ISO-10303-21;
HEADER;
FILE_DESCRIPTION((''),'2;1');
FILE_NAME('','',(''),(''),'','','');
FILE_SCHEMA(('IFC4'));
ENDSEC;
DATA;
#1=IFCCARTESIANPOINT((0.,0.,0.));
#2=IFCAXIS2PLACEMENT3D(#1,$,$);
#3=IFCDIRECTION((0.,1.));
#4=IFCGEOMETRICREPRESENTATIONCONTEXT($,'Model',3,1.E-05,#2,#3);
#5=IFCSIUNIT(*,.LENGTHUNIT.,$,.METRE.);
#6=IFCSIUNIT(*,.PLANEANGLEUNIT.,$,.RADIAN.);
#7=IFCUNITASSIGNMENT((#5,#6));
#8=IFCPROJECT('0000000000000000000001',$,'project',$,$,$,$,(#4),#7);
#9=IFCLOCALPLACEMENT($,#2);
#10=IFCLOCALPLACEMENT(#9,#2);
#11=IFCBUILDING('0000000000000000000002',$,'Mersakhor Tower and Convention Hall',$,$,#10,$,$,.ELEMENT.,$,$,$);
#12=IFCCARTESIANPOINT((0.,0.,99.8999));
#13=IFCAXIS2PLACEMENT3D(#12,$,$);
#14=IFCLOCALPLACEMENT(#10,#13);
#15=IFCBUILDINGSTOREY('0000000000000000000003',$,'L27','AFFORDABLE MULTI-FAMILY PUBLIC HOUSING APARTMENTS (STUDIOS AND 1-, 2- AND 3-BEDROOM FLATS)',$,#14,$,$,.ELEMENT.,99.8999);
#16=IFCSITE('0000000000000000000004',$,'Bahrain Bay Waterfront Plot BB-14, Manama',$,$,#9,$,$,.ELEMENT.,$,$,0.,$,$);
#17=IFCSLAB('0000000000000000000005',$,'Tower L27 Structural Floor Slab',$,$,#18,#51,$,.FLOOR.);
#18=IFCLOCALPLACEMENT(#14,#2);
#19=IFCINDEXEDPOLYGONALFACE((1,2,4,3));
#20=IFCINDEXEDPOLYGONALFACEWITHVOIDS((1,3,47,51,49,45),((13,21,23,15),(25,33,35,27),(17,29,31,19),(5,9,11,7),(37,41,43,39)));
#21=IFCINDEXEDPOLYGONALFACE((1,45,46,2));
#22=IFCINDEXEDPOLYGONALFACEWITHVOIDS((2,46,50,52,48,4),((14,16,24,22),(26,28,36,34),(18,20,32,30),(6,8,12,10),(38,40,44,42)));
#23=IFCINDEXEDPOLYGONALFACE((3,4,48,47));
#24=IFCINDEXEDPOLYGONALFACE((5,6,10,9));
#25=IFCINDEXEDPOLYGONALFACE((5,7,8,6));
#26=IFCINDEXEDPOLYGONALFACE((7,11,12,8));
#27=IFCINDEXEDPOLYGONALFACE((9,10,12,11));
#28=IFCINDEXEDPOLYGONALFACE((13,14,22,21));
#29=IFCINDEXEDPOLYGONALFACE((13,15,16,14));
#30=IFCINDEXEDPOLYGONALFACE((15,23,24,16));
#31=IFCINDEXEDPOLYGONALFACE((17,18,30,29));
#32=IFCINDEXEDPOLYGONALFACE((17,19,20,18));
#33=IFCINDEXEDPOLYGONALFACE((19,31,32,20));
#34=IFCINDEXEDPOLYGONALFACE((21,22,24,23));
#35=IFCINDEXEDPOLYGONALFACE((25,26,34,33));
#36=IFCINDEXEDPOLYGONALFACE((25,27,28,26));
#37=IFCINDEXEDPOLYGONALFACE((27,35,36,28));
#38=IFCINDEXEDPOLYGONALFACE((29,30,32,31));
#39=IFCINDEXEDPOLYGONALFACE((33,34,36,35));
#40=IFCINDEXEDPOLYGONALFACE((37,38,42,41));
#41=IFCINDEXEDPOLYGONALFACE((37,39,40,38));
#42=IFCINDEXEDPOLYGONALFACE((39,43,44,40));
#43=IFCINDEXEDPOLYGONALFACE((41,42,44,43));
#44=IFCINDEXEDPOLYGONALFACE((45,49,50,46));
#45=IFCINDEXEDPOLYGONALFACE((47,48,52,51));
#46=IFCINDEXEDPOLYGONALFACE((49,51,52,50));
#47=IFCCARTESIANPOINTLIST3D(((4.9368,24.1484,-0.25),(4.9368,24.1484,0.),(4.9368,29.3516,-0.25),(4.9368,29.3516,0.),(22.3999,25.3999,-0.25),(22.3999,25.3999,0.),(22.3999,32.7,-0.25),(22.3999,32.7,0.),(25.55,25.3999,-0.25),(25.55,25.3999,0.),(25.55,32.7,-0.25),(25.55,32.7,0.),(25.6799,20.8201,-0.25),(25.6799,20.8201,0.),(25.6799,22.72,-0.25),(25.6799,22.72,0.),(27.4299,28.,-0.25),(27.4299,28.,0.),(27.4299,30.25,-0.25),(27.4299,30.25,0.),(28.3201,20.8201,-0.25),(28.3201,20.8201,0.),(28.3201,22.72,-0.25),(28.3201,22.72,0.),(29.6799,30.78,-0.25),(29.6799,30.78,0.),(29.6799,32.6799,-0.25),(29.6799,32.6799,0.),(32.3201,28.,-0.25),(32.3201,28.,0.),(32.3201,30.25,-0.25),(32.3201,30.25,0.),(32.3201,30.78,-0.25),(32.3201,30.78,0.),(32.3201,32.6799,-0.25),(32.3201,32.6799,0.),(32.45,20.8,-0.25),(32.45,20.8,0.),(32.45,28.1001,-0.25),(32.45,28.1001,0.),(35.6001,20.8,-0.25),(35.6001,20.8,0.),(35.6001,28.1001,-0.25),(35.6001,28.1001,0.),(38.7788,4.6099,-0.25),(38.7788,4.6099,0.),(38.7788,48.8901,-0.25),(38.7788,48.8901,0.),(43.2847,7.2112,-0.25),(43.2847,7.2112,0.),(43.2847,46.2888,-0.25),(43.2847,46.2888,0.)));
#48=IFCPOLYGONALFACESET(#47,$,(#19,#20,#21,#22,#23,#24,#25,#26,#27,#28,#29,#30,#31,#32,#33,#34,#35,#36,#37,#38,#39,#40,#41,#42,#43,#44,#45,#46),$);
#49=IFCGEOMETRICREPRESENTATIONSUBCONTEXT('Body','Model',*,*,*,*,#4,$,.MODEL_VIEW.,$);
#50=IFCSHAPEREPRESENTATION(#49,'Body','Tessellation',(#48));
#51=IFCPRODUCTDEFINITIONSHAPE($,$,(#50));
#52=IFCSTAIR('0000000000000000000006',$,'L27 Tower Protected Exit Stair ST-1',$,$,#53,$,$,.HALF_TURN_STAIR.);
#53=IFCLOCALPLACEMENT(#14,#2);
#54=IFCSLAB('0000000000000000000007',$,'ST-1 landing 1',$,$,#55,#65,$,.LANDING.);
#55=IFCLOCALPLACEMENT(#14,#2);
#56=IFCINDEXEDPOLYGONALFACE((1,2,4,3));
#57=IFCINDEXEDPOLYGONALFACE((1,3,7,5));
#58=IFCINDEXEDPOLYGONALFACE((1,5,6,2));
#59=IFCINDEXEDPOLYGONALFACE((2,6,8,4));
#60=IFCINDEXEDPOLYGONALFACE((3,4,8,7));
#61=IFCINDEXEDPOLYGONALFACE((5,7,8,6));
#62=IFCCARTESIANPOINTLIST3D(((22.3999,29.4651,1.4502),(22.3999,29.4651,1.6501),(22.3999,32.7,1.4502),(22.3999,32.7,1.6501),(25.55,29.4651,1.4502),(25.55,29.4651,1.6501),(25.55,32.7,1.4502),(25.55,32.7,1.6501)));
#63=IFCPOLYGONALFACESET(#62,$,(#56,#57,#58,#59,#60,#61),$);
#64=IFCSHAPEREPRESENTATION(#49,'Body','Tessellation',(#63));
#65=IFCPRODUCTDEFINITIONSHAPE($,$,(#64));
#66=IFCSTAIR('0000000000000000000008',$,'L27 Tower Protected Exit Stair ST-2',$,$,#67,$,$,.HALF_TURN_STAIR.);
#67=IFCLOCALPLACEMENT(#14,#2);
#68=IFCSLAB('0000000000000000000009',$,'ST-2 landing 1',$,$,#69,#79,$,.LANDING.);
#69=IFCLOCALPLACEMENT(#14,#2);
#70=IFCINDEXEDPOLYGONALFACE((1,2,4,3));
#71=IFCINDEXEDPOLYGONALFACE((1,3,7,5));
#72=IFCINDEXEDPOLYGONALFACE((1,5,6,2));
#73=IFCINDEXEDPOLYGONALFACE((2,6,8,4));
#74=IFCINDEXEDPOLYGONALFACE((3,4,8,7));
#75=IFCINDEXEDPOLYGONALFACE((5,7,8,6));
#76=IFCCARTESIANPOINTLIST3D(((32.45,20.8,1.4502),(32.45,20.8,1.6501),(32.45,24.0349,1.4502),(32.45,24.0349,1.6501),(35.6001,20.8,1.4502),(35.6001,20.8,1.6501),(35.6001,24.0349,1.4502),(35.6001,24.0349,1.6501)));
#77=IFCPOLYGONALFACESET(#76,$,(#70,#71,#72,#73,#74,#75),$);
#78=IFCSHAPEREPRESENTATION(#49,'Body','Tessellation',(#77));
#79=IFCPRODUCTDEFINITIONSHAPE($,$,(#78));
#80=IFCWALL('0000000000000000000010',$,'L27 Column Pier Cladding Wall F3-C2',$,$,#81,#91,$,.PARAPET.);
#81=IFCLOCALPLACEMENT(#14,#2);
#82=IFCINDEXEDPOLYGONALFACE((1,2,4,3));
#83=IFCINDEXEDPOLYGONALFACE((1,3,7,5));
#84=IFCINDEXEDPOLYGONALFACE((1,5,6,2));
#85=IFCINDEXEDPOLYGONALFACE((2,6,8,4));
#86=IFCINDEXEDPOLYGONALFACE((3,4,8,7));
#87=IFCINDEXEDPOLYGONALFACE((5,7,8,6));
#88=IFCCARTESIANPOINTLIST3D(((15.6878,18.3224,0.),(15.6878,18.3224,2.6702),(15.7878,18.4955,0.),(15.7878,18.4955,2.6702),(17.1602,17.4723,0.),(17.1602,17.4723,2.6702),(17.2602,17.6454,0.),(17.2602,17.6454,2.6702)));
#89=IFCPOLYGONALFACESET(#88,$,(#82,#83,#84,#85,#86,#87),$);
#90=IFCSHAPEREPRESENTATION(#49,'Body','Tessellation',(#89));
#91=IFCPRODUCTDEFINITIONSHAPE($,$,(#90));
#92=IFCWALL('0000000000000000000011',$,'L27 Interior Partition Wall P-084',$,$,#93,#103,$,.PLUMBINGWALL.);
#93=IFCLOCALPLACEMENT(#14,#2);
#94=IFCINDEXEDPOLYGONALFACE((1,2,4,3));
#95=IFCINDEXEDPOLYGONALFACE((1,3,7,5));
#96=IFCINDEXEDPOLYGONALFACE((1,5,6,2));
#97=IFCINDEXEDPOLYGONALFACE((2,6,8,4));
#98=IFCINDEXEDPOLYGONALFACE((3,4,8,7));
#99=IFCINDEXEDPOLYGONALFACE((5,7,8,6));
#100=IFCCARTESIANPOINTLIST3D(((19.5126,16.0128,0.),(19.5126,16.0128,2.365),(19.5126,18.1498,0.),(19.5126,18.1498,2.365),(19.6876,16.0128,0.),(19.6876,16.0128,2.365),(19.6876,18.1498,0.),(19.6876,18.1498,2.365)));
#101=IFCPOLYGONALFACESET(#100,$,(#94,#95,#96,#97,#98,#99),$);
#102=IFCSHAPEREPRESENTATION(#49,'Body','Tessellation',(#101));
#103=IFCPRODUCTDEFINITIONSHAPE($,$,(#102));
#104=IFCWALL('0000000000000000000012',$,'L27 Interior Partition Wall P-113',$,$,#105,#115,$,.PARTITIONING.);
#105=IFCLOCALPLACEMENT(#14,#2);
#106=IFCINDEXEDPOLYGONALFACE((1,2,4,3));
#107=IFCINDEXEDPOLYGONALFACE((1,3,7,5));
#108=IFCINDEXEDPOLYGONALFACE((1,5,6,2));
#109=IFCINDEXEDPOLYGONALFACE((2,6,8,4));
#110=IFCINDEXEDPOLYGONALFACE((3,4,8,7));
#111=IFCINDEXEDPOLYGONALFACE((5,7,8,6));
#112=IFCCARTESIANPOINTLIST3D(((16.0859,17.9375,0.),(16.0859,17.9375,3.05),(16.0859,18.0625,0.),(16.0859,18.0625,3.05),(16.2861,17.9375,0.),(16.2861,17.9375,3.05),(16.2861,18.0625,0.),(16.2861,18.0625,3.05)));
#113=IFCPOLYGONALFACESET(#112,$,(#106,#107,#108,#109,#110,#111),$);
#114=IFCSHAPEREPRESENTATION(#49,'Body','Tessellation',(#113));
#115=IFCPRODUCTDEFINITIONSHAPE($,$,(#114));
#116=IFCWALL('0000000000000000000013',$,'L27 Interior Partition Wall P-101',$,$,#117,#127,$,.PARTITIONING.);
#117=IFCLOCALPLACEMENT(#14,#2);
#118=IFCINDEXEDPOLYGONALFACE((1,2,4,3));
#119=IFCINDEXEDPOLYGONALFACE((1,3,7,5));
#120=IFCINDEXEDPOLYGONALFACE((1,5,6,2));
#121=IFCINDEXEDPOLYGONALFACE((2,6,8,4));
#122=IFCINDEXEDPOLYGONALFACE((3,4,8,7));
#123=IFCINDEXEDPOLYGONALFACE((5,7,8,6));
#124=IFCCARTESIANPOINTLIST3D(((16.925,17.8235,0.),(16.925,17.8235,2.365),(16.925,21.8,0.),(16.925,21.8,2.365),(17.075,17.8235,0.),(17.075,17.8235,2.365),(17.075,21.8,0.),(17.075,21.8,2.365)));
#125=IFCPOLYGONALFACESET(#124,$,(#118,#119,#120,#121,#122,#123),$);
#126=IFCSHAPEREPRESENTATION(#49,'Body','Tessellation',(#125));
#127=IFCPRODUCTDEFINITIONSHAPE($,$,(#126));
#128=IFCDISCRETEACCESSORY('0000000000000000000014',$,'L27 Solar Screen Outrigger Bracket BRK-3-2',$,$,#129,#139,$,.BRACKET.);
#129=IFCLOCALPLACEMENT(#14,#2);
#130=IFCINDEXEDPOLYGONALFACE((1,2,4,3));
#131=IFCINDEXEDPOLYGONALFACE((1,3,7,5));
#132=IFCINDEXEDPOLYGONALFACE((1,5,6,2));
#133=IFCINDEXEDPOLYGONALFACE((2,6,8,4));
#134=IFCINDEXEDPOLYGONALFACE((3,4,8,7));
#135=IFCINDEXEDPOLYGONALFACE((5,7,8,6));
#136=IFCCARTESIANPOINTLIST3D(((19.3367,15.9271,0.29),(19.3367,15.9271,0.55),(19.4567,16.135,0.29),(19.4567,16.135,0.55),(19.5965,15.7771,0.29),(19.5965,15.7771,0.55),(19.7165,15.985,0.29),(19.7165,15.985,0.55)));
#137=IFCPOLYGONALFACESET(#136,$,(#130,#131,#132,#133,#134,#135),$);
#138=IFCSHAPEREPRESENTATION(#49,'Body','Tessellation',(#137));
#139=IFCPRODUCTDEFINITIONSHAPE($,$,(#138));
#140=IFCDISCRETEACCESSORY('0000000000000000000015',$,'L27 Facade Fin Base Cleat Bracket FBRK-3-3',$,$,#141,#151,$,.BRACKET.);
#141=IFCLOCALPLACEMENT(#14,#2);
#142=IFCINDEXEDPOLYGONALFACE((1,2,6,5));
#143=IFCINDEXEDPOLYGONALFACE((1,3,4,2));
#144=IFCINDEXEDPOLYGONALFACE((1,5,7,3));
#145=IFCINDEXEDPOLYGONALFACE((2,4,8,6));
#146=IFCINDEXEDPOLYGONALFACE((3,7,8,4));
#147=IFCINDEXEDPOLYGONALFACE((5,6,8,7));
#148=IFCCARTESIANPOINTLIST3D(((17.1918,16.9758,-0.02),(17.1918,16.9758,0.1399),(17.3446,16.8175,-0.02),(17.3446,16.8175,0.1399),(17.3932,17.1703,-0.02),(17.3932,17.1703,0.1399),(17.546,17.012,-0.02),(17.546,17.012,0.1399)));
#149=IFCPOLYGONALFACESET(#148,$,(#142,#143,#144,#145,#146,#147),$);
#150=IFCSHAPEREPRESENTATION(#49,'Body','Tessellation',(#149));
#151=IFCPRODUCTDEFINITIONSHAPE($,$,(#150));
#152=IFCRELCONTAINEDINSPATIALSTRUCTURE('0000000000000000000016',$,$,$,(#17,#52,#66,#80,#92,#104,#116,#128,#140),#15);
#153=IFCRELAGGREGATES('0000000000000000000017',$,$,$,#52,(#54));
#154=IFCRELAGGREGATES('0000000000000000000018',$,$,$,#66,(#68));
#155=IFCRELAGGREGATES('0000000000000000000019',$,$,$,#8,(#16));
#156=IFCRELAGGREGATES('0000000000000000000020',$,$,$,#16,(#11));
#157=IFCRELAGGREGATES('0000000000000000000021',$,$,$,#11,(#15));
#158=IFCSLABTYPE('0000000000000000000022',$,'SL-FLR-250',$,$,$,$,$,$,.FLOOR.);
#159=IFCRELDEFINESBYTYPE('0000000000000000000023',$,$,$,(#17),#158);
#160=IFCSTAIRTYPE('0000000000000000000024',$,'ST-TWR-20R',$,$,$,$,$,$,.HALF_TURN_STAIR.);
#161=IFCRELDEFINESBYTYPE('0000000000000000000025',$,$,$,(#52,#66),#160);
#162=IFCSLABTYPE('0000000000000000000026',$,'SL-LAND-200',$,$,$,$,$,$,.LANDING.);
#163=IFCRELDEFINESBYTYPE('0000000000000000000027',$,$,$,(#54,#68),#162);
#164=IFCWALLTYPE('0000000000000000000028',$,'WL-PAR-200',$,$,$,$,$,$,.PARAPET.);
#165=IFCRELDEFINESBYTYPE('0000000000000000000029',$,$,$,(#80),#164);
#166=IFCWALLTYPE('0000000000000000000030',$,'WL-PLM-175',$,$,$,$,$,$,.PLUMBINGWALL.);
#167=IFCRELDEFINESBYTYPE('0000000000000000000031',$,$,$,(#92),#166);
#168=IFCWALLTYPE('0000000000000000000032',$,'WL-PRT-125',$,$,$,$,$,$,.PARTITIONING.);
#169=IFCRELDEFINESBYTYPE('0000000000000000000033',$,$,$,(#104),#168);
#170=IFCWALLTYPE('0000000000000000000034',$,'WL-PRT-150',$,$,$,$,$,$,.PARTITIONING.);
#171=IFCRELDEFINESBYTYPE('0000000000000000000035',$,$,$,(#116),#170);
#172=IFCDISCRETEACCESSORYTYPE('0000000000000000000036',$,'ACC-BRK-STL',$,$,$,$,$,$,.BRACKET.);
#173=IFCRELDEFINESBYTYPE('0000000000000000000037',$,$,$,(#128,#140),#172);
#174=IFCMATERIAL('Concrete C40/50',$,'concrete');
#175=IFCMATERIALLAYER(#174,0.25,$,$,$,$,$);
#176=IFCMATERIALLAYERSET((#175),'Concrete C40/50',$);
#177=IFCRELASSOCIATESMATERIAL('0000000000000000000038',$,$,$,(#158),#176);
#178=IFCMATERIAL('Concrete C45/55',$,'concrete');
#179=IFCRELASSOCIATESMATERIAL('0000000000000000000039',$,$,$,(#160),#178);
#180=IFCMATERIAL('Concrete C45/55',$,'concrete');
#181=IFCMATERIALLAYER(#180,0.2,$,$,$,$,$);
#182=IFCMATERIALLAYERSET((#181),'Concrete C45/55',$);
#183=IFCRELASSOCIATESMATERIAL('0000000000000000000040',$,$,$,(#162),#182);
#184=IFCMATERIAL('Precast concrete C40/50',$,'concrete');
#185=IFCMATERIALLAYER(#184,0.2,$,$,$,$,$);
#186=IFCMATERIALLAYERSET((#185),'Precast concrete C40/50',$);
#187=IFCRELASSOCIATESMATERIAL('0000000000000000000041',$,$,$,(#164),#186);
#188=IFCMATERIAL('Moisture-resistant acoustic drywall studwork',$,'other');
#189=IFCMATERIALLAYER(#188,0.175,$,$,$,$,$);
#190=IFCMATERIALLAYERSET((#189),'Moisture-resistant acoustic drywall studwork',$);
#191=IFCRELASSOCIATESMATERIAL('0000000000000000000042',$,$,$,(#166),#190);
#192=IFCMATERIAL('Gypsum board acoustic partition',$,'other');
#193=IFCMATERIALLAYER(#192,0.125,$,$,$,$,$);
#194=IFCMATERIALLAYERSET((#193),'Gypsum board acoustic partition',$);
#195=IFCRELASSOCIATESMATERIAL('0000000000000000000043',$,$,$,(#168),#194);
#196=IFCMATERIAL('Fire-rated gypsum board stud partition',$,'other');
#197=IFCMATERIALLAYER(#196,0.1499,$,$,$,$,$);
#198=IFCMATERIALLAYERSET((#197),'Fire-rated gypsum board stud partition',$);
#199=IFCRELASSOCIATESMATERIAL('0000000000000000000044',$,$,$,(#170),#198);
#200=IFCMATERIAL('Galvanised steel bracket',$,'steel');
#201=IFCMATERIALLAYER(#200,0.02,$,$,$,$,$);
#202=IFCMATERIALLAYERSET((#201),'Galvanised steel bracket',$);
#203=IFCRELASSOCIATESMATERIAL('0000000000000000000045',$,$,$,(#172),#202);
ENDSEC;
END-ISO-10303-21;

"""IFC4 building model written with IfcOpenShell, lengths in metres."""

from ifc_helpers import new_model, si_unit, direction, frame, frame_2d, origin, origin_2d, place, context, subcontext, project, spatial, polyline, rectangle, outline, extrude, material, layer, layer_set, type_object, element, aggregate, save


model = new_model("IFC4")

# Units and contexts
model_context = context("Model", 3, precision=1e-05, world=origin(), true_north=direction((0.0, 1.0)))
body_context = subcontext(model_context, "Body", "Model", "MODEL_VIEW")
ifc_project = project(units=[si_unit("LENGTHUNIT", "METRE"), si_unit("PLANEANGLEUNIT", "RADIAN")], contexts=[model_context])

# Site, building, storey
site_placement = place(None, origin())
site = spatial("IfcSite", under=ifc_project, at=site_placement, Name="Bahrain Bay Waterfront Plot BB-14, Manama", CompositionType="ELEMENT", RefElevation=0.0)
building_placement = place(site_placement, origin())
building = spatial("IfcBuilding", under=site, at=building_placement, Name="Mersakhor Tower and Convention Hall", CompositionType="ELEMENT")
storey_placement = place(building_placement, frame((0.0, 0.0, 99.8999)))
storey = spatial("IfcBuildingStorey", under=building, at=storey_placement, Name="L27", Description="AFFORDABLE MULTI-FAMILY PUBLIC HOUSING APARTMENTS (STUDIOS AND 1-, 2- AND 3-BEDROOM FLATS)", CompositionType="ELEMENT", Elevation=99.8999)

# Slab
ifc_material_1 = material(Name="Concrete C40/50", Category="concrete")
ifc_layer_1 = layer(ifc_material_1, 0.25)
ifc_layer_set_1 = layer_set([ifc_layer_1], Name="Concrete C40/50")
slab_type_1 = type_object("IfcSlabType", Name="SL-FLR-250", PredefinedType="FLOOR", material=ifc_layer_set_1)
slab_1_placement = place(storey_placement, frame((0.0, 0.0, -0.25)))
element("IfcSlab", 1, at=slab_1_placement, inside=storey, type_object=slab_type_1, Name="Tower L27 Structural Floor Slab", PredefinedType="FLOOR", context=body_context, shape_type="SweptSolid", body=[
    extrude(outline(polyline([(4.9368, 29.3516), (38.7788, 48.8901), (43.2847, 46.2888), (43.2847, 7.2112), (38.7788, 4.6099), (4.9368, 24.1484), (4.9368, 29.3516)]), holes=[polyline([(25.55, 25.3999), (25.55, 32.7), (22.3999, 32.7), (22.3999, 25.3999), (25.55, 25.3999)]), polyline([(32.45, 28.1001), (32.45, 20.8), (35.6001, 20.8), (35.6001, 28.1001), (32.45, 28.1001)]), polyline([(25.6799, 20.8201), (25.6799, 22.72), (28.3201, 22.72), (28.3201, 20.8201), (25.6799, 20.8201)]), polyline([(29.6799, 30.78), (29.6799, 32.6799), (32.3201, 32.6799), (32.3201, 30.78), (29.6799, 30.78)]), polyline([(27.4299, 28.0), (27.4299, 30.25), (32.3201, 30.25), (32.3201, 28.0), (27.4299, 28.0)])]), origin(), (0.0, 0.0, 1.0), 0.25),
])

# Stairs, slabs
ifc_material_2 = material(Name="Concrete C45/55", Category="concrete")
stair_type = type_object("IfcStairType", Name="ST-TWR-20R", PredefinedType="HALF_TURN_STAIR", material=ifc_material_2)
stair_1_placement = place(storey_placement, origin())
stair_1 = element("IfcStair", 2, at=stair_1_placement, inside=storey, type_object=stair_type, Name="L27 Tower Protected Exit Stair ST-1", PredefinedType="HALF_TURN_STAIR")
ifc_material_3 = material(Name="Concrete C45/55", Category="concrete")
ifc_layer_2 = layer(ifc_material_3, 0.2)
ifc_layer_set_2 = layer_set([ifc_layer_2], Name="Concrete C45/55")
slab_type_2 = type_object("IfcSlabType", Name="SL-LAND-200", PredefinedType="LANDING", material=ifc_layer_set_2)
slab_2_placement = place(storey_placement, frame((0.0, 0.0, 1.4502)))
slab_2 = element("IfcSlab", 3, at=slab_2_placement, type_object=slab_type_2, Name="ST-1 landing 1", PredefinedType="LANDING", context=body_context, shape_type="SweptSolid", body=[
    extrude(outline(polyline([(25.55, 29.4651), (25.55, 32.7), (22.3999, 32.7), (22.3999, 29.4651), (25.55, 29.4651)])), origin(), (0.0, 0.0, 1.0), 0.2),
])
aggregate(stair_1, [slab_2])
stair_2_placement = place(storey_placement, origin())
stair_2 = element("IfcStair", 4, at=stair_2_placement, inside=storey, type_object=stair_type, Name="L27 Tower Protected Exit Stair ST-2", PredefinedType="HALF_TURN_STAIR")
slab_3_placement = place(storey_placement, frame((0.0, 0.0, 1.4502)))
slab_3 = element("IfcSlab", 5, at=slab_3_placement, type_object=slab_type_2, Name="ST-2 landing 1", PredefinedType="LANDING", context=body_context, shape_type="SweptSolid", body=[
    extrude(outline(polyline([(32.45, 24.0349), (32.45, 20.8), (35.6001, 20.8), (35.6001, 24.0349), (32.45, 24.0349)])), origin(), (0.0, 0.0, 1.0), 0.2),
])
aggregate(stair_2, [slab_3])

# Walls
ifc_material_4 = material(Name="Precast concrete C40/50", Category="concrete")
ifc_layer_3 = layer(ifc_material_4, 0.2)
ifc_layer_set_3 = layer_set([ifc_layer_3], Name="Precast concrete C40/50")
wall_type_1 = type_object("IfcWallType", Name="WL-PAR-200", PredefinedType="PARAPET", material=ifc_layer_set_3)
wall_1_placement = place(storey_placement, frame((17.2102, 17.5588, 0.0), z_axis=(0.0, 0.0, 1.0), x_axis=(-0.866025, 0.5, 0.0)))
element("IfcWall", 6, at=wall_1_placement, inside=storey, type_object=wall_type_1, Name="L27 Column Pier Cladding Wall F3-C2", PredefinedType="PARAPET", context=body_context, shape_type="SweptSolid", body=[
    extrude(rectangle(XDim=1.7002, YDim=0.2, at=frame_2d((0.8501, 0.0))), origin(), (0.0, 0.0, 1.0), 2.6702),
])
ifc_material_5 = material(Name="Moisture-resistant acoustic drywall studwork", Category="other")
ifc_layer_4 = layer(ifc_material_5, 0.175)
ifc_layer_set_4 = layer_set([ifc_layer_4], Name="Moisture-resistant acoustic drywall studwork")
wall_type_2 = type_object("IfcWallType", Name="WL-PLM-175", PredefinedType="PLUMBINGWALL", material=ifc_layer_set_4)
wall_2_placement = place(storey_placement, frame((19.6001, 16.0129, 0.0), z_axis=(0.0, 0.0, 1.0), x_axis=(0.0, 1.0, 0.0)))
element("IfcWall", 7, at=wall_2_placement, inside=storey, type_object=wall_type_2, Name="L27 Interior Partition Wall P-084", PredefinedType="PLUMBINGWALL", context=body_context, shape_type="SweptSolid", body=[
    extrude(rectangle(XDim=2.137, YDim=0.175, at=frame_2d((1.0684, 0.0))), origin(), (0.0, 0.0, 1.0), 2.365),
])
ifc_material_6 = material(Name="Gypsum board acoustic partition", Category="other")
ifc_layer_5 = layer(ifc_material_6, 0.125)
ifc_layer_set_5 = layer_set([ifc_layer_5], Name="Gypsum board acoustic partition")
wall_type_3 = type_object("IfcWallType", Name="WL-PRT-125", PredefinedType="PARTITIONING", material=ifc_layer_set_5)
wall_3_placement = place(storey_placement, frame((16.2861, 18.0, 0.0), z_axis=(0.0, 0.0, 1.0), x_axis=(-1.0, 0.0, 0.0)))
element("IfcWall", 8, at=wall_3_placement, inside=storey, type_object=wall_type_3, Name="L27 Interior Partition Wall P-113", PredefinedType="PARTITIONING", context=body_context, shape_type="SweptSolid", body=[
    extrude(rectangle(XDim=0.2002, YDim=0.125, at=frame_2d((0.1001, 0.0))), origin(), (0.0, 0.0, 1.0), 3.05),
])
ifc_material_7 = material(Name="Fire-rated gypsum board stud partition", Category="other")
ifc_layer_6 = layer(ifc_material_7, 0.1499)
ifc_layer_set_6 = layer_set([ifc_layer_6], Name="Fire-rated gypsum board stud partition")
wall_type_4 = type_object("IfcWallType", Name="WL-PRT-150", PredefinedType="PARTITIONING", material=ifc_layer_set_6)
wall_4_placement = place(storey_placement, frame((17.0, 17.8235, 0.0), z_axis=(0.0, 0.0, 1.0), x_axis=(0.0, 1.0, 0.0)))
element("IfcWall", 9, at=wall_4_placement, inside=storey, type_object=wall_type_4, Name="L27 Interior Partition Wall P-101", PredefinedType="PARTITIONING", context=body_context, shape_type="SweptSolid", body=[
    extrude(rectangle(XDim=3.9766, YDim=0.1499, at=frame_2d((1.9883, 0.0))), origin(), (0.0, 0.0, 1.0), 2.365),
])

# Discrete accessories
ifc_material_8 = material(Name="Galvanised steel bracket", Category="steel")
ifc_layer_7 = layer(ifc_material_8, 0.02)
ifc_layer_set_7 = layer_set([ifc_layer_7], Name="Galvanised steel bracket")
discrete_accessory_type = type_object("IfcDiscreteAccessoryType", Name="ACC-BRK-STL", PredefinedType="BRACKET", material=ifc_layer_set_7)
discrete_accessory_1_placement = place(storey_placement, frame((19.5266, 15.9561, 0.29), z_axis=(0.0, 0.0, 1.0), x_axis=(-0.866025, 0.5, 0.0)))
element("IfcDiscreteAccessory", 10, at=discrete_accessory_1_placement, inside=storey, type_object=discrete_accessory_type, Name="L27 Solar Screen Outrigger Bracket BRK-3-2", PredefinedType="BRACKET", context=body_context, shape_type="SweptSolid", body=[
    extrude(rectangle(XDim=0.3, YDim=0.24, at=origin_2d()), origin(), (0.0, 0.0, 1.0), 0.26),
])
discrete_accessory_2_placement = place(storey_placement, frame((17.3689, 16.9939, -0.02), z_axis=(0.0, 0.0, 1.0), x_axis=(-0.71934, -0.694658, 0.0)))
element("IfcDiscreteAccessory", 11, at=discrete_accessory_2_placement, inside=storey, type_object=discrete_accessory_type, Name="L27 Facade Fin Base Cleat Bracket FBRK-3-3", PredefinedType="BRACKET", context=body_context, shape_type="SweptSolid", body=[
    extrude(rectangle(XDim=0.28, YDim=0.22, at=origin_2d()), origin(), (0.0, 0.0, 1.0), 0.1599),
])

save(model, "model.ifc")
